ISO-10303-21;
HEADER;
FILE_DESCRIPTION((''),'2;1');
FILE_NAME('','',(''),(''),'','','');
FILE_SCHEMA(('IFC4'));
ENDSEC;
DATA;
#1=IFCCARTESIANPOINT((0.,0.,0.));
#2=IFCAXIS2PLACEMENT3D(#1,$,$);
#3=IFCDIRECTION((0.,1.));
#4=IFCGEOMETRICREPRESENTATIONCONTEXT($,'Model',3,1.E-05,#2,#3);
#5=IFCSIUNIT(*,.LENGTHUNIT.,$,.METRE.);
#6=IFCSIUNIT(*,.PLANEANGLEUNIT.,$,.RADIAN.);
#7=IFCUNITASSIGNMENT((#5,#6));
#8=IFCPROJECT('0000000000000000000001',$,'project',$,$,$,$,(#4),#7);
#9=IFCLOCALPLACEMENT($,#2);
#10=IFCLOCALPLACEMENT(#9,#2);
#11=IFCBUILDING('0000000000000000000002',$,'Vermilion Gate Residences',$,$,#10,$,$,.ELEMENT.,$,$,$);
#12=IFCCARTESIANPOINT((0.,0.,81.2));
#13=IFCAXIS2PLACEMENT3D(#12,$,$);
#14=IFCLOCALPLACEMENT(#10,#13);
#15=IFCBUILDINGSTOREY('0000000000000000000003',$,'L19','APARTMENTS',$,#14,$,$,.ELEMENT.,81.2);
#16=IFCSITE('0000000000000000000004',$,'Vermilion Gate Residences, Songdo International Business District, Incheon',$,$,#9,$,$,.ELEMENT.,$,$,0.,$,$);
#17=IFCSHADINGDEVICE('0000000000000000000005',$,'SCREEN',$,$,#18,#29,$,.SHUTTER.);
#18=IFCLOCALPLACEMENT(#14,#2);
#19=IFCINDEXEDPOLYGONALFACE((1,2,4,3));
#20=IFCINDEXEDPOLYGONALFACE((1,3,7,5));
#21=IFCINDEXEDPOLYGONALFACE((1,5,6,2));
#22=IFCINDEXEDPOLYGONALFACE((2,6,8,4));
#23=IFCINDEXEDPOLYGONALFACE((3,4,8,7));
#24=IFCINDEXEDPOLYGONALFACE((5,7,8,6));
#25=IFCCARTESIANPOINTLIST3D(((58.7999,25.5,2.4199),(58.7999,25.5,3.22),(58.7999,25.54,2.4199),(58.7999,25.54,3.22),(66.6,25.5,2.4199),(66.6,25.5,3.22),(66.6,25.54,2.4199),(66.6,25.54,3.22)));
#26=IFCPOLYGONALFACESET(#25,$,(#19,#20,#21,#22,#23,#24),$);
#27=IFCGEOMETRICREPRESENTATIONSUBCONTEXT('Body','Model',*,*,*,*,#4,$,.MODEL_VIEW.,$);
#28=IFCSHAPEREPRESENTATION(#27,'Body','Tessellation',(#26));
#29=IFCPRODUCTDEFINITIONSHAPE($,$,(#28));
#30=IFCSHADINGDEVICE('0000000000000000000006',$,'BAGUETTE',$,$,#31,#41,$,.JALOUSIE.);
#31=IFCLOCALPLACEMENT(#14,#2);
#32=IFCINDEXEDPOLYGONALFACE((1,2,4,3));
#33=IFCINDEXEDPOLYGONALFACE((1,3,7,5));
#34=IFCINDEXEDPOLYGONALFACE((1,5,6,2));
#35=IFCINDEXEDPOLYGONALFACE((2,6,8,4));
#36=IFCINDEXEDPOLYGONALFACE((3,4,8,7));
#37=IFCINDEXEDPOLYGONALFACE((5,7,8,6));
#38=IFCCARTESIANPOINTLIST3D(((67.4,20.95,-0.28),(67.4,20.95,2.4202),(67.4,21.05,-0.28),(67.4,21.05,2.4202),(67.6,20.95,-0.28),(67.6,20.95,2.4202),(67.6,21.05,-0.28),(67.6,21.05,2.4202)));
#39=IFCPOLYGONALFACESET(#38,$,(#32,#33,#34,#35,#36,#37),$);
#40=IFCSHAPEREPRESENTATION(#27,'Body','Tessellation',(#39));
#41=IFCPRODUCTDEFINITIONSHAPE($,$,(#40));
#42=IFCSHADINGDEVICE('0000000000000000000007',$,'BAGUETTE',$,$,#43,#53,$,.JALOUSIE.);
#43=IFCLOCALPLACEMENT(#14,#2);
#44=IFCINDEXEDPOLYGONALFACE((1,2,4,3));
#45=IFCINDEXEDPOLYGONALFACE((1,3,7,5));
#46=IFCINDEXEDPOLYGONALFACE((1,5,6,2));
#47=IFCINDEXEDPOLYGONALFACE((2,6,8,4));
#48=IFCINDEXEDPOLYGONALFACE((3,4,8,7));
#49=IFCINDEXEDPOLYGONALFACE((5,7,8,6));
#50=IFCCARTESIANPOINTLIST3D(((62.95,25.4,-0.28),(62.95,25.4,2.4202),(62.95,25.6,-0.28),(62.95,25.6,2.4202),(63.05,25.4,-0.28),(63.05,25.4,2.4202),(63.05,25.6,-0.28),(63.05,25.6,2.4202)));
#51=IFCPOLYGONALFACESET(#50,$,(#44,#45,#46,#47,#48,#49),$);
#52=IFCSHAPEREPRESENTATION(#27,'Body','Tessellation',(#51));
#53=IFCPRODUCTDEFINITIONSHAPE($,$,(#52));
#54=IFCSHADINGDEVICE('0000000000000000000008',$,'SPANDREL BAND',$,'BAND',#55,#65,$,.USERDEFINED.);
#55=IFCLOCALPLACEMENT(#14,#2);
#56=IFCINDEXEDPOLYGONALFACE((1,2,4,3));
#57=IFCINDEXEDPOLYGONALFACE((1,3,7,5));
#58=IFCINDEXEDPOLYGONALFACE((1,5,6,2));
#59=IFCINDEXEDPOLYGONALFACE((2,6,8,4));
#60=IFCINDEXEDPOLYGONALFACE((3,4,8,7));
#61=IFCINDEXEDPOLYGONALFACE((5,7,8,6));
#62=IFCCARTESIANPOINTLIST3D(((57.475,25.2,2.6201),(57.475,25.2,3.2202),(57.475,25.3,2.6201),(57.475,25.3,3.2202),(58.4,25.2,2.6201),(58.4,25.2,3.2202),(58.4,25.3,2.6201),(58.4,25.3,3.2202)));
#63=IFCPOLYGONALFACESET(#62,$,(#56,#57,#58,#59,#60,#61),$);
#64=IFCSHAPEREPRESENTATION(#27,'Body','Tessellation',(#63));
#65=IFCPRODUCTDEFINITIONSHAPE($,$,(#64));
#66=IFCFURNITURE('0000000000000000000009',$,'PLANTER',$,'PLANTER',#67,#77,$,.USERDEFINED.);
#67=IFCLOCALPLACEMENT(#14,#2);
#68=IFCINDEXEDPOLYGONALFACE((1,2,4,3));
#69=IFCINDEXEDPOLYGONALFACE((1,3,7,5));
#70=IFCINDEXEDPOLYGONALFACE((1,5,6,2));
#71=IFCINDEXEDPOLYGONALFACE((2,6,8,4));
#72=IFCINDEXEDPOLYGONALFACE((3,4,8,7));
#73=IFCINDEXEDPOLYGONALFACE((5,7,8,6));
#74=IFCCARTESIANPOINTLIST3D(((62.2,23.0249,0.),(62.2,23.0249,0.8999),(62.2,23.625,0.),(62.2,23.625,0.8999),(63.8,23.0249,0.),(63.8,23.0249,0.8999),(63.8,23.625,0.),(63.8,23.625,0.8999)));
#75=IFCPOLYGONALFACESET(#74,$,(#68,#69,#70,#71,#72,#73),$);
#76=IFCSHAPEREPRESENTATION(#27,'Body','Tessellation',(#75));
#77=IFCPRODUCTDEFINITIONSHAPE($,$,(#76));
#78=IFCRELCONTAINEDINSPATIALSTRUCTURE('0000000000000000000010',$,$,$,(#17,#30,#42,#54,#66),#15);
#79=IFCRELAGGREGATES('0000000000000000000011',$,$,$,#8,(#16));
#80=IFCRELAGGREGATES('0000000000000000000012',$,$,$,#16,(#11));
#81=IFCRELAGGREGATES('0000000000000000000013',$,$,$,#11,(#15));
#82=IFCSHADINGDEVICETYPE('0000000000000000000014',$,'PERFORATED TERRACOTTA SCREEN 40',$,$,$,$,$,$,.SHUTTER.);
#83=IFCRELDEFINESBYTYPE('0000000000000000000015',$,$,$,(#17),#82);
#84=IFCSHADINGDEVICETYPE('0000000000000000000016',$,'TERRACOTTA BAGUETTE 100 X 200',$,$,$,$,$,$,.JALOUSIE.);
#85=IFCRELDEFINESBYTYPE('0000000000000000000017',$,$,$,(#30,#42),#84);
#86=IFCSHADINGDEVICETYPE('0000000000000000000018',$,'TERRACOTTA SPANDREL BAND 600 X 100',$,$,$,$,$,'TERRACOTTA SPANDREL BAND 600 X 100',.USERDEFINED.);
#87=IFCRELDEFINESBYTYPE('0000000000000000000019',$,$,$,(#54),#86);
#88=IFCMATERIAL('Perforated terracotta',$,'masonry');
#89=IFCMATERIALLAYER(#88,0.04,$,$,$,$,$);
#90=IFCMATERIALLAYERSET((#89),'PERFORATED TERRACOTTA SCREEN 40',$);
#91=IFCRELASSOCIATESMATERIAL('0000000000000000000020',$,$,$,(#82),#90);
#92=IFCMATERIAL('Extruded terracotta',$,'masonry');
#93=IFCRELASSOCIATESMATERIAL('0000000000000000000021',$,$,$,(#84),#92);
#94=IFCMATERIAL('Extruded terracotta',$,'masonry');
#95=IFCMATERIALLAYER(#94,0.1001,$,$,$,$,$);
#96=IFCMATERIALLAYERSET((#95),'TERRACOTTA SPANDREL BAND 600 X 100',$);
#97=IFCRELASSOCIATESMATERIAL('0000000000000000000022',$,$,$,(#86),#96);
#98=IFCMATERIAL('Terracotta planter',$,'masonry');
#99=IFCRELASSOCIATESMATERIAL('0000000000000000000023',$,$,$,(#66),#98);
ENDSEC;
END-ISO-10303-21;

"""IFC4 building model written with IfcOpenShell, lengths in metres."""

from ifc_helpers import new_model, si_unit, direction, frame, origin, origin_2d, place, context, subcontext, project, spatial, rectangle, extrude, material, layer, layer_set, material_profile, profile_set, type_object, element, save


model = new_model("IFC4")

# Units and contexts
model_context = context("Model", 3, precision=1e-05, world=origin(), true_north=direction((0.0, 1.0)))
body_context = subcontext(model_context, "Body", "Model", "MODEL_VIEW")
ifc_project = project(units=[si_unit("LENGTHUNIT", "METRE"), si_unit("PLANEANGLEUNIT", "RADIAN")], contexts=[model_context])

# Site, building, storey
site_placement = place(None, origin())
site = spatial("IfcSite", under=ifc_project, at=site_placement, Name="Vermilion Gate Residences, Songdo International Business District, Incheon", CompositionType="ELEMENT", RefElevation=0.0)
building_placement = place(site_placement, origin())
building = spatial("IfcBuilding", under=site, at=building_placement, Name="Vermilion Gate Residences", CompositionType="ELEMENT")
storey_placement = place(building_placement, frame((0.0, 0.0, 81.2)))
storey = spatial("IfcBuildingStorey", under=building, at=storey_placement, Name="L19", Description="APARTMENTS", CompositionType="ELEMENT", Elevation=81.2)

# Shading devices
ifc_material_1 = material(Name="Perforated terracotta", Category="masonry")
ifc_layer_1 = layer(ifc_material_1, 0.04)
ifc_layer_set_1 = layer_set([ifc_layer_1], Name="PERFORATED TERRACOTTA SCREEN 40")
shading_device_type_1 = type_object("IfcShadingDeviceType", Name="PERFORATED TERRACOTTA SCREEN 40", PredefinedType="SHUTTER", material=ifc_layer_set_1)
shading_device_1_placement = place(storey_placement, frame((62.7, 25.52, 2.4199), z_axis=(0.0, 0.0, 1.0), x_axis=(-1.0, 0.0, 0.0)))
element("IfcShadingDevice", 1, at=shading_device_1_placement, inside=storey, type_object=shading_device_type_1, Name="SCREEN", PredefinedType="SHUTTER", context=body_context, shape_type="SweptSolid", body=[
    extrude(rectangle(XDim=7.8, YDim=0.04, at=origin_2d()), origin(), (0.0, 0.0, 1.0), 0.8),
])
ifc_material_2 = material(Name="Extruded terracotta", Category="masonry")
ifc_material_profile_1 = material_profile(ifc_material_2, rectangle(XDim=0.2, YDim=0.1001, at=origin_2d()), Name="BAGUETTE 100 X 200")
ifc_profile_set_1 = profile_set([ifc_material_profile_1], Name="Extruded terracotta")
shading_device_type_2 = type_object("IfcShadingDeviceType", Name="TERRACOTTA BAGUETTE 100 X 200", PredefinedType="JALOUSIE", material=ifc_profile_set_1)
for number, where, z_axis, x_axis, name in (
    (2, (67.5, 21.0, -0.28), (0.0, 0.0, 1.0), (-1.0, 0.0, 0.0), "BAGUETTE"),
    (3, (63.0, 25.5, -0.28), (0.0, 0.0, 1.0), (0.0, -1.0, 0.0), "BAGUETTE"),
):
    element("IfcShadingDevice", number, at=place(storey_placement, frame(where, z_axis=z_axis, x_axis=x_axis)), inside=storey, type_object=shading_device_type_2, Name=name, PredefinedType="JALOUSIE", context=body_context, shape_type="SweptSolid", body=[
        extrude(rectangle(XDim=0.2, YDim=0.1001, at=origin_2d()), origin(), (0.0, 0.0, 1.0), 2.7002),
    ])
ifc_material_3 = material(Name="Extruded terracotta", Category="masonry")
ifc_layer_2 = layer(ifc_material_3, 0.1001)
ifc_layer_set_2 = layer_set([ifc_layer_2], Name="TERRACOTTA SPANDREL BAND 600 X 100")
shading_device_type_3 = type_object("IfcShadingDeviceType", Name="TERRACOTTA SPANDREL BAND 600 X 100", ElementType="TERRACOTTA SPANDREL BAND 600 X 100", PredefinedType="USERDEFINED", material=ifc_layer_set_2)
shading_device_2_placement = place(storey_placement, frame((57.9375, 25.25, 2.6201), z_axis=(0.0, 0.0, 1.0), x_axis=(1.0, 0.0, 0.0)))
element("IfcShadingDevice", 4, at=shading_device_2_placement, inside=storey, type_object=shading_device_type_3, Name="SPANDREL BAND", ObjectType="BAND", PredefinedType="USERDEFINED", context=body_context, shape_type="SweptSolid", body=[
    extrude(rectangle(XDim=0.925, YDim=0.1001, at=origin_2d()), origin(), (0.0, 0.0, 1.0), 0.6001),
])

# Furniture
ifc_material_4 = material(Name="Terracotta planter", Category="masonry")
furniture_placement = place(storey_placement, frame((63.0, 23.325, 0.0), z_axis=(0.0, 0.0, 1.0), x_axis=(-1.0, 0.0, 0.0)))
element("IfcFurniture", 5, at=furniture_placement, inside=storey, material=ifc_material_4, Name="PLANTER", ObjectType="PLANTER", PredefinedType="USERDEFINED", context=body_context, shape_type="SweptSolid", body=[
    extrude(rectangle(XDim=1.6001, YDim=0.6001, at=origin_2d()), origin(), (0.0, 0.0, 1.0), 0.8999),
])

save(model, "model.ifc")
